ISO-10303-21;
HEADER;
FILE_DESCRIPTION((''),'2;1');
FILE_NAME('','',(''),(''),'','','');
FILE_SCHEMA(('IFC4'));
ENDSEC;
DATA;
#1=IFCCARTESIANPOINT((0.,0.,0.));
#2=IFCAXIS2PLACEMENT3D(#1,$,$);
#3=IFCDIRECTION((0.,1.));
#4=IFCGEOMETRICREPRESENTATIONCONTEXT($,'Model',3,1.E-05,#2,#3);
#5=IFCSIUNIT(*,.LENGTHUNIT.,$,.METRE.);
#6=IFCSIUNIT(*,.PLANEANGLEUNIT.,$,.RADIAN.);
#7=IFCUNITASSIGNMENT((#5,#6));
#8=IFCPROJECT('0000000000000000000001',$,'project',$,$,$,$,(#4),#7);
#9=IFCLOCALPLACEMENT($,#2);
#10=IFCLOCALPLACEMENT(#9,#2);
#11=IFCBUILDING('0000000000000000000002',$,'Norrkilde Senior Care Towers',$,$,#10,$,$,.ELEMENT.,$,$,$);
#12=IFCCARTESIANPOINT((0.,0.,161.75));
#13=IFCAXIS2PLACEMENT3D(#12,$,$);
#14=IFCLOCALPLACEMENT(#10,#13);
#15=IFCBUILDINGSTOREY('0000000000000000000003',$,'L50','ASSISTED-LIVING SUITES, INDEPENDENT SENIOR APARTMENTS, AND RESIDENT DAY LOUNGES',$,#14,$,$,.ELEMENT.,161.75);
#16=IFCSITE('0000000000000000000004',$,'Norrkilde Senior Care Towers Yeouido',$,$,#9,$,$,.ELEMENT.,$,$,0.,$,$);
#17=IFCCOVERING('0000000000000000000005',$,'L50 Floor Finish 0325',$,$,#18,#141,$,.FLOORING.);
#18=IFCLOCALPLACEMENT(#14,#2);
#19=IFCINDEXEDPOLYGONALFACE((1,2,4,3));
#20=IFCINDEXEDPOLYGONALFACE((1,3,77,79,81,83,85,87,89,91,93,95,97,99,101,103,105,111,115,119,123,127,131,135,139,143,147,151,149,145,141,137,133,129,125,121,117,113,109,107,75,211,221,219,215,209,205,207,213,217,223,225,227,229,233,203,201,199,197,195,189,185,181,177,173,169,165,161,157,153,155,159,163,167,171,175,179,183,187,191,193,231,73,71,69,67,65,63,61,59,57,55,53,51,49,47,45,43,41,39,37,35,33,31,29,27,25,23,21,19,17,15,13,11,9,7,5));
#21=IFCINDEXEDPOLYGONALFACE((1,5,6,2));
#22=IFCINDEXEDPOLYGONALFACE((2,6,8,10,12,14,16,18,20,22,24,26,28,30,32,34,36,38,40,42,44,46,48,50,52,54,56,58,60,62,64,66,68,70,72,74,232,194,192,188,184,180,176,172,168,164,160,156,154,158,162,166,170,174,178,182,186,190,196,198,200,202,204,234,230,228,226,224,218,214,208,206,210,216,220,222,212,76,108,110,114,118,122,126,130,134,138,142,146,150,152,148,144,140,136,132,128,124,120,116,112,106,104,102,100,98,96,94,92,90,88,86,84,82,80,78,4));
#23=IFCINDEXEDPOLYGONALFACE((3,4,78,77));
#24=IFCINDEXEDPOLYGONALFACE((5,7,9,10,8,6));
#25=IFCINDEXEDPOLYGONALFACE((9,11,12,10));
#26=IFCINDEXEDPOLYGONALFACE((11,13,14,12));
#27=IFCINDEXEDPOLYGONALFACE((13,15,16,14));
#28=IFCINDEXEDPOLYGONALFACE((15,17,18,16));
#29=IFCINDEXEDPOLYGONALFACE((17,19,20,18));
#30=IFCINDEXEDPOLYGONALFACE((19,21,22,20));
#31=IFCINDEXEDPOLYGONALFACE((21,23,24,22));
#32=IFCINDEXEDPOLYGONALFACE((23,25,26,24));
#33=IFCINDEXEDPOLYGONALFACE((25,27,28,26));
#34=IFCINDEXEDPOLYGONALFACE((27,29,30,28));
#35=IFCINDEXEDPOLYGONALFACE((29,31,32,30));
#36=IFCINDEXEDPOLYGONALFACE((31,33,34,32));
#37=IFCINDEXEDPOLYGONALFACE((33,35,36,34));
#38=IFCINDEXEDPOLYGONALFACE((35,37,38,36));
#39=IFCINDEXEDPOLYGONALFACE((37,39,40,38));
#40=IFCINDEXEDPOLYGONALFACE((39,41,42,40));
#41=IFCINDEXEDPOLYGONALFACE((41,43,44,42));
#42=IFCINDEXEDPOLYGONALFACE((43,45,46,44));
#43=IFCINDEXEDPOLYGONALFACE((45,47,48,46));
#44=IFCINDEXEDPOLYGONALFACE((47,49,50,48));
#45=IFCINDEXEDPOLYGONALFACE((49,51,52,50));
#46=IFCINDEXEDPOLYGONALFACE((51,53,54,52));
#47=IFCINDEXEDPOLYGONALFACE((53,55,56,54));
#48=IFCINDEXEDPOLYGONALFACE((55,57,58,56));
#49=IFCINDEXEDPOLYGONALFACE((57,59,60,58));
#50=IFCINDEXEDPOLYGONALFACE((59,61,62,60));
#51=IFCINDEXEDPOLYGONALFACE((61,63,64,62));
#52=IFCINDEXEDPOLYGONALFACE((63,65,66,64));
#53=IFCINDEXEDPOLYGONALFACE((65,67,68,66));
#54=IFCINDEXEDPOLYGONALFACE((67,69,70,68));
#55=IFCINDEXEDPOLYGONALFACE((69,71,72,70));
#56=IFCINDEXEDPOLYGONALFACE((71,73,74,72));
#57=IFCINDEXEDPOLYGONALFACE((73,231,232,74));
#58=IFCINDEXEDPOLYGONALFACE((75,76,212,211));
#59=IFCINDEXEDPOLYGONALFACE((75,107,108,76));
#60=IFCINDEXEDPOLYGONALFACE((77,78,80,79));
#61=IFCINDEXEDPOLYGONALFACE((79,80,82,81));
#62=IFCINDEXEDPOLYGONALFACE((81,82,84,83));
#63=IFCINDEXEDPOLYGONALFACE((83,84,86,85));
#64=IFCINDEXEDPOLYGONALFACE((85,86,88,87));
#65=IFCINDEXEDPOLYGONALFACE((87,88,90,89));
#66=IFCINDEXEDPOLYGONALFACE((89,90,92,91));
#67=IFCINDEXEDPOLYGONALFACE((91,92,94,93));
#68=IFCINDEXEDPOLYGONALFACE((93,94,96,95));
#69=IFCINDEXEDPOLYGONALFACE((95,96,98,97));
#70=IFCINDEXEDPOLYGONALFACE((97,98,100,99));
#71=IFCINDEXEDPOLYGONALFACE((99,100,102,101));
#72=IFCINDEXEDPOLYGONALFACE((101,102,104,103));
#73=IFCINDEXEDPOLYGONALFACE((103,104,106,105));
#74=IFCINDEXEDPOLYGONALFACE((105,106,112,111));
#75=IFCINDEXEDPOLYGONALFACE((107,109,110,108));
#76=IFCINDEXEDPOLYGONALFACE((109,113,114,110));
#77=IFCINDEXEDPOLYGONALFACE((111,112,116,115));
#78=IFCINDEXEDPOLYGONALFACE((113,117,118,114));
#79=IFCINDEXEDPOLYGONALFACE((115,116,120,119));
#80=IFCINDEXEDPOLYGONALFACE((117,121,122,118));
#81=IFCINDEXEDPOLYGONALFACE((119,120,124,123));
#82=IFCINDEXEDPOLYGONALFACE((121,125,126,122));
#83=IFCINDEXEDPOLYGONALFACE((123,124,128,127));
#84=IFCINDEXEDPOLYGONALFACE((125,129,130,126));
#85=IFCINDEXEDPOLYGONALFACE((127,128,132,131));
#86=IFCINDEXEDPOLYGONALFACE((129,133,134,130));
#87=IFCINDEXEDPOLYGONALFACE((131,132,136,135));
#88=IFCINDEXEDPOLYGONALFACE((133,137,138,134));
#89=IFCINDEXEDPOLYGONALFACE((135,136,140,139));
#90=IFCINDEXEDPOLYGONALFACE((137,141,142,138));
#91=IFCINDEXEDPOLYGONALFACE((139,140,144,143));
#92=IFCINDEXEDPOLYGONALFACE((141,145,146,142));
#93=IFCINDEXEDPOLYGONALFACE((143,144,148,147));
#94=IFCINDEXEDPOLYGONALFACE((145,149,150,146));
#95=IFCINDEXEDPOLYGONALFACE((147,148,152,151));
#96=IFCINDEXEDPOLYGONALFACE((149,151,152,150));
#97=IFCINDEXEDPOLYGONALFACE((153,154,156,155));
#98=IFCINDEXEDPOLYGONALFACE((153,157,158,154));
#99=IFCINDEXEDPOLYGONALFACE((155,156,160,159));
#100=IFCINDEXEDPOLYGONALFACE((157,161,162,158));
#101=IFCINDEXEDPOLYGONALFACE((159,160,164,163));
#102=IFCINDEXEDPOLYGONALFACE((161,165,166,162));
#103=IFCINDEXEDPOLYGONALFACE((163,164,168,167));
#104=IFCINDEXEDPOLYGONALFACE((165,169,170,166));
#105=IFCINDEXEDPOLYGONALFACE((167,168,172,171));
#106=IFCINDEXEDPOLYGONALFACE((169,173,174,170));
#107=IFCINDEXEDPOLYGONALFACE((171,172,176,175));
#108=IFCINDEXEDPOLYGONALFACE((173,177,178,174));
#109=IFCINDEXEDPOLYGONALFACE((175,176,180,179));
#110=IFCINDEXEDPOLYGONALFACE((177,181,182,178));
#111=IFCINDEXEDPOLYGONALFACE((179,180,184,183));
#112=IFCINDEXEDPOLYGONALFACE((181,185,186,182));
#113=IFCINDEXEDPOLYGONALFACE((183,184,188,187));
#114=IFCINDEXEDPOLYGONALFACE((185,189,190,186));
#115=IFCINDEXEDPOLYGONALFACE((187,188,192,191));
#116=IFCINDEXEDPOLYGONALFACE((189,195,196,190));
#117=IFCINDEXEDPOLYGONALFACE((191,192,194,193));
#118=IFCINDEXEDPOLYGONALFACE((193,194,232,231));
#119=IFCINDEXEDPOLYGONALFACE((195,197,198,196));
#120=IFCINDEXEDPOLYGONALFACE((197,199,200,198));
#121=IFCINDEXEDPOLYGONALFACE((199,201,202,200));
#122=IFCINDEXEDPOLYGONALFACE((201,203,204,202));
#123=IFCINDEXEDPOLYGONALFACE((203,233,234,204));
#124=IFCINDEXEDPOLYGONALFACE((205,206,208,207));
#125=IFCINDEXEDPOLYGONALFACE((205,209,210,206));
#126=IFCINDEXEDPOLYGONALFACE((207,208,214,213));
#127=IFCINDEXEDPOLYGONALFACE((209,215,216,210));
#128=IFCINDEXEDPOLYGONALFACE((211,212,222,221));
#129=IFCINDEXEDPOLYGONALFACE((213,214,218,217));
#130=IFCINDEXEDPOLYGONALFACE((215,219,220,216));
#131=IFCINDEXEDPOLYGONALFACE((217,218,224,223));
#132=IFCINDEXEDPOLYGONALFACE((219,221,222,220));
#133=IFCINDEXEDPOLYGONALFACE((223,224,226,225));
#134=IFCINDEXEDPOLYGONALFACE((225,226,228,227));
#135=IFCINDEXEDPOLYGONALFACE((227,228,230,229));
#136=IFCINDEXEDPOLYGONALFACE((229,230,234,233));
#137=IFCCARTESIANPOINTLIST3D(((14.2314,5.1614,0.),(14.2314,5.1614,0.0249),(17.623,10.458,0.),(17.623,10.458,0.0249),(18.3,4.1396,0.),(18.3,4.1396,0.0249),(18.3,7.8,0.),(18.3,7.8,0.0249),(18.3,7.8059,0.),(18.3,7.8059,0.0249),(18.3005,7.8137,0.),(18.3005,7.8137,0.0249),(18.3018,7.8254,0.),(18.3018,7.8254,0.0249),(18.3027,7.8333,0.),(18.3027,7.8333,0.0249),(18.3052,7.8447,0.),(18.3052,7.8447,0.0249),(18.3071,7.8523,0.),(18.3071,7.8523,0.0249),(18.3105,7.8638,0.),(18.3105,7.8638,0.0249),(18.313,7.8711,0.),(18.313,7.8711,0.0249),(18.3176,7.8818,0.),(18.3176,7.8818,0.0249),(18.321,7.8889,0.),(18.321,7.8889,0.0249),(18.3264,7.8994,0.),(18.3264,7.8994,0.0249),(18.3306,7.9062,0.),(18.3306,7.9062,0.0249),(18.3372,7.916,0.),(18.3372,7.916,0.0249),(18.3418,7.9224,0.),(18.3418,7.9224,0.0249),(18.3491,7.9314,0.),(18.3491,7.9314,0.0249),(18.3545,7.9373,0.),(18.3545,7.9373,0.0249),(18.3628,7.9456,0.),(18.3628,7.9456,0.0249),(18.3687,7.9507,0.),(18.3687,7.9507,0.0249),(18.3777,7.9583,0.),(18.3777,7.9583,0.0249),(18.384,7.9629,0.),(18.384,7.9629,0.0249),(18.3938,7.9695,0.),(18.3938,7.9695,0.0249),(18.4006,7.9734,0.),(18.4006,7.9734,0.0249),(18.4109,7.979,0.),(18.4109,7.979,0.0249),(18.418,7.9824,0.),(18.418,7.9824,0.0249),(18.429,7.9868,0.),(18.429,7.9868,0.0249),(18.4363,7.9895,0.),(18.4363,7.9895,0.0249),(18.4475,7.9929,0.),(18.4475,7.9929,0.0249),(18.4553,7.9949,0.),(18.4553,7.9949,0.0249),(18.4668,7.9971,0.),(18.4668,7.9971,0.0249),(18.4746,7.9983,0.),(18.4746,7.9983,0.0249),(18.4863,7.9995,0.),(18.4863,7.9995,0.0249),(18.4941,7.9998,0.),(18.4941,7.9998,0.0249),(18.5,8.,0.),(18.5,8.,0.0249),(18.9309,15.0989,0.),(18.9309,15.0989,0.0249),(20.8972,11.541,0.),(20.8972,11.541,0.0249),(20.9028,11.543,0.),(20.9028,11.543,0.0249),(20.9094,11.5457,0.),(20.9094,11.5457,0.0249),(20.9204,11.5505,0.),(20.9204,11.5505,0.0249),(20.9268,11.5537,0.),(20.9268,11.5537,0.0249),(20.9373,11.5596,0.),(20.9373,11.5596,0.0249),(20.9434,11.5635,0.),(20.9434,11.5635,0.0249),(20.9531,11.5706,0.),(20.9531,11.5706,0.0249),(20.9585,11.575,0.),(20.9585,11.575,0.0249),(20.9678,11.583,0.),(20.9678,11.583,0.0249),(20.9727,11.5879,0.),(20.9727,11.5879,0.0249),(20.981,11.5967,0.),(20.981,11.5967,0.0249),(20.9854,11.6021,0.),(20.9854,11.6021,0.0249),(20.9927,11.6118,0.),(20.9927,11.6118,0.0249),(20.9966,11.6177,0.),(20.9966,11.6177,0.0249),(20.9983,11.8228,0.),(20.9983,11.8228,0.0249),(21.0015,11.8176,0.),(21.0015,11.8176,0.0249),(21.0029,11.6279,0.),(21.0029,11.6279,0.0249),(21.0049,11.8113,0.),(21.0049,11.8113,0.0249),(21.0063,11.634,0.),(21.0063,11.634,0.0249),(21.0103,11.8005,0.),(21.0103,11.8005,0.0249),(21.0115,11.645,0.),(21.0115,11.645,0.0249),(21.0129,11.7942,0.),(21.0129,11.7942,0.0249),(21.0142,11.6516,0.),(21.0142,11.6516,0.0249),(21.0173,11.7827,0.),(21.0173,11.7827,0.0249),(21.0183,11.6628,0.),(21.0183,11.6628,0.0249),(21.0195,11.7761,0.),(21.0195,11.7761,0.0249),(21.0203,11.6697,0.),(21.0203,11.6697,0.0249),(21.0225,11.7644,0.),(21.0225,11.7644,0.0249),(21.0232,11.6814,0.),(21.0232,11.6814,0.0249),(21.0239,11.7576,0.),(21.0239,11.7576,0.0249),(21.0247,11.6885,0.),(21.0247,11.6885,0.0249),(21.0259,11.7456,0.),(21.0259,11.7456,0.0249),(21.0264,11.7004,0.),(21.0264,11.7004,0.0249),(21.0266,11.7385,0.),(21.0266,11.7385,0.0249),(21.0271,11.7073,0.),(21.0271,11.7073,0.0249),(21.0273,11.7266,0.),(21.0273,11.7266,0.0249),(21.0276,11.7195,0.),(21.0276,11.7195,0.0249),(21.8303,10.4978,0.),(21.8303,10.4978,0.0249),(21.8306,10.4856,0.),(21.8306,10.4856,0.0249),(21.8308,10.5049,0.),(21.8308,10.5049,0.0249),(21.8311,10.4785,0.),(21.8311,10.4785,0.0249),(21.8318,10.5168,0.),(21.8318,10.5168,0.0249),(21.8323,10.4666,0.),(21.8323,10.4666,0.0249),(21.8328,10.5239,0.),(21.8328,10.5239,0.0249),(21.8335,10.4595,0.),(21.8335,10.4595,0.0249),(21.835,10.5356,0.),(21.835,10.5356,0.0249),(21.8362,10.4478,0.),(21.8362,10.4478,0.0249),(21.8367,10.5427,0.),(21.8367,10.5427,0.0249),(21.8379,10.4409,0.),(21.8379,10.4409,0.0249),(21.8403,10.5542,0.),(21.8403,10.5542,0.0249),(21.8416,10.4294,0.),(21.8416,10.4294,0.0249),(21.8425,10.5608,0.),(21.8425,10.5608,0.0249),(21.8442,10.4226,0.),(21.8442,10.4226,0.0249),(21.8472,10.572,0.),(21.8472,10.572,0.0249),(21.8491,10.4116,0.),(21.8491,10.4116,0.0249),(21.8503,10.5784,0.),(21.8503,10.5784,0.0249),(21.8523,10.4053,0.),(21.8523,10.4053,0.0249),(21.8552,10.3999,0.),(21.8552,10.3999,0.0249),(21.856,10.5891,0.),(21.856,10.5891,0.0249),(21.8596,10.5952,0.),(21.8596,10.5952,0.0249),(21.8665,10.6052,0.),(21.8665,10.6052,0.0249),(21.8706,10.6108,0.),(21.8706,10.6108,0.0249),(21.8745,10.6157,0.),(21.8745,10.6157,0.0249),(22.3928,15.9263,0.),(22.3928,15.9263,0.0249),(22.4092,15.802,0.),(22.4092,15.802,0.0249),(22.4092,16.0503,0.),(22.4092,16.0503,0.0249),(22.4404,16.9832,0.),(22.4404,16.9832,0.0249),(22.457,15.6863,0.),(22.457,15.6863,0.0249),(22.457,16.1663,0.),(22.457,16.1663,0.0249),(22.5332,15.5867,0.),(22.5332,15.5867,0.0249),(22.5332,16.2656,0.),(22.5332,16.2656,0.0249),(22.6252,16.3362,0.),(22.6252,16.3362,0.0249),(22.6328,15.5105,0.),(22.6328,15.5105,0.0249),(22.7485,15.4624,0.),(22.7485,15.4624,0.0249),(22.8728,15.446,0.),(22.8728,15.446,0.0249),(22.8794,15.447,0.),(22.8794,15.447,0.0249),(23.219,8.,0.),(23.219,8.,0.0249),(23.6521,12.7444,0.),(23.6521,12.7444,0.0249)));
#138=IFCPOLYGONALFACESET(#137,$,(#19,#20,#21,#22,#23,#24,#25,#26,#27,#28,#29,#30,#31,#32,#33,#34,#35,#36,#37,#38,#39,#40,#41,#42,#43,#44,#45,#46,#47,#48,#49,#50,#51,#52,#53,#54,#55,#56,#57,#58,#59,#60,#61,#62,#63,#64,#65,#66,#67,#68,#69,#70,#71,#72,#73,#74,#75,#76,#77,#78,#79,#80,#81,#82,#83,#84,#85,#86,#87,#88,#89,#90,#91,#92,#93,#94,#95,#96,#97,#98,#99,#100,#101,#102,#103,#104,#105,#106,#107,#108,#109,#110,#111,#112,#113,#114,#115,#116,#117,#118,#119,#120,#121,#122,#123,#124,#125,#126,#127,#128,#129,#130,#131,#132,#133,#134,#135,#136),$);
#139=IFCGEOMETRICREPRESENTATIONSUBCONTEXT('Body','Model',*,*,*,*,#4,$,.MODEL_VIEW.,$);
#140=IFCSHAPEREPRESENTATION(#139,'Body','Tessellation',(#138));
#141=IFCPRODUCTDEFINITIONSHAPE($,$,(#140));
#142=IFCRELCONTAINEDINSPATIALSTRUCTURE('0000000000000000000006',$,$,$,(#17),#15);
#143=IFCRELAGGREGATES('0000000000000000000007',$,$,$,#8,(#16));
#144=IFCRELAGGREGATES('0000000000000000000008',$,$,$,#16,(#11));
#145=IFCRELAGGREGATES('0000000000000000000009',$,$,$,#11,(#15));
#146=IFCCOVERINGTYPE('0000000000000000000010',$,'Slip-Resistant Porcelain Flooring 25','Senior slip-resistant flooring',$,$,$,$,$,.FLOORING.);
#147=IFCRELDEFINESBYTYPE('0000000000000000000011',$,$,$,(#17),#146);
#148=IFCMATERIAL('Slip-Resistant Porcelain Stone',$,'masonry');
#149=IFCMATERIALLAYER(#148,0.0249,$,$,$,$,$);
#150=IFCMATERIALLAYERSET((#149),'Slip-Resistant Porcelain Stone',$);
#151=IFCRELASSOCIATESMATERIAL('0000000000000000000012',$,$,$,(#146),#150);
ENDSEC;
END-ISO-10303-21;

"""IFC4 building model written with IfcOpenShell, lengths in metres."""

from ifc_helpers import new_model, si_unit, direction, frame, origin, place, context, subcontext, project, spatial, polyline, outline, extrude, material, layer, layer_set, type_object, element, save


model = new_model("IFC4")

# Units and contexts
model_context = context("Model", 3, precision=1e-05, world=origin(), true_north=direction((0.0, 1.0)))
body_context = subcontext(model_context, "Body", "Model", "MODEL_VIEW")
ifc_project = project(units=[si_unit("LENGTHUNIT", "METRE"), si_unit("PLANEANGLEUNIT", "RADIAN")], contexts=[model_context])

# Site, building, storey
site_placement = place(None, origin())
site = spatial("IfcSite", under=ifc_project, at=site_placement, Name="Norrkilde Senior Care Towers Yeouido", CompositionType="ELEMENT", RefElevation=0.0)
building_placement = place(site_placement, origin())
building = spatial("IfcBuilding", under=site, at=building_placement, Name="Norrkilde Senior Care Towers", CompositionType="ELEMENT")
storey_placement = place(building_placement, frame((0.0, 0.0, 161.75)))
storey = spatial("IfcBuildingStorey", under=building, at=storey_placement, Name="L50", Description="ASSISTED-LIVING SUITES, INDEPENDENT SENIOR APARTMENTS, AND RESIDENT DAY LOUNGES", CompositionType="ELEMENT", Elevation=161.75)

# Covering
ifc_material_1 = material(Name="Slip-Resistant Porcelain Stone", Category="masonry")
ifc_layer_1 = layer(ifc_material_1, 0.0249)
ifc_layer_set_1 = layer_set([ifc_layer_1], Name="Slip-Resistant Porcelain Stone")
covering_type_1 = type_object("IfcCoveringType", Name="Slip-Resistant Porcelain Flooring 25", Description="Senior slip-resistant flooring", PredefinedType="FLOORING", material=ifc_layer_set_1)
covering_1_placement = place(storey_placement, origin())
element("IfcCovering", 1, at=covering_1_placement, inside=storey, type_object=covering_type_1, Name="L50 Floor Finish 0325", PredefinedType="FLOORING", context=body_context, shape_type="SweptSolid", body=[
    extrude(outline(polyline([(20.9373, 11.5596), (20.9434, 11.5635), (20.9531, 11.5706), (20.9585, 11.575), (20.9678, 11.583), (20.9727, 11.5879), (20.981, 11.5967), (20.9854, 11.6021), (20.9927, 11.6118), (20.9966, 11.6177), (21.0029, 11.6279), (21.0063, 11.634), (21.0115, 11.645), (21.0142, 11.6516), (21.0183, 11.6628), (21.0203, 11.6697), (21.0232, 11.6814), (21.0247, 11.6885), (21.0264, 11.7004), (21.0271, 11.7073), (21.0276, 11.7195), (21.0273, 11.7266), (21.0266, 11.7385), (21.0259, 11.7456), (21.0239, 11.7576), (21.0225, 11.7644), (21.0195, 11.7761), (21.0173, 11.7827), (21.0129, 11.7942), (21.0103, 11.8005), (21.0049, 11.8113), (21.0015, 11.8176), (20.9983, 11.8228), (18.9309, 15.0989), (22.4404, 16.9832), (22.6252, 16.3362), (22.5332, 16.2656), (22.457, 16.1663), (22.4092, 16.0503), (22.3928, 15.9263), (22.4092, 15.802), (22.457, 15.6863), (22.5332, 15.5867), (22.6328, 15.5105), (22.7485, 15.4624), (22.8728, 15.446), (22.8794, 15.447), (23.6521, 12.7444), (21.8745, 10.6157), (21.8706, 10.6108), (21.8665, 10.6052), (21.8596, 10.5952), (21.856, 10.5891), (21.8503, 10.5784), (21.8472, 10.572), (21.8425, 10.5608), (21.8403, 10.5542), (21.8367, 10.5427), (21.835, 10.5356), (21.8328, 10.5239), (21.8318, 10.5168), (21.8308, 10.5049), (21.8303, 10.4978), (21.8306, 10.4856), (21.8311, 10.4785), (21.8323, 10.4666), (21.8335, 10.4595), (21.8362, 10.4478), (21.8379, 10.4409), (21.8416, 10.4294), (21.8442, 10.4226), (21.8491, 10.4116), (21.8523, 10.4053), (21.8552, 10.3999), (23.219, 8.0), (18.5, 8.0), (18.4941, 7.9998), (18.4863, 7.9995), (18.4746, 7.9983), (18.4668, 7.9971), (18.4553, 7.9949), (18.4475, 7.9929), (18.4363, 7.9895), (18.429, 7.9868), (18.418, 7.9824), (18.4109, 7.979), (18.4006, 7.9734), (18.3938, 7.9695), (18.384, 7.9629), (18.3777, 7.9583), (18.3687, 7.9507), (18.3628, 7.9456), (18.3545, 7.9373), (18.3491, 7.9314), (18.3418, 7.9224), (18.3372, 7.916), (18.3306, 7.9062), (18.3264, 7.8994), (18.321, 7.8889), (18.3176, 7.8818), (18.313, 7.8711), (18.3105, 7.8638), (18.3071, 7.8523), (18.3052, 7.8447), (18.3027, 7.8333), (18.3018, 7.8254), (18.3005, 7.8137), (18.3, 7.8059), (18.3, 7.8), (18.3, 4.1396), (14.2314, 5.1614), (17.623, 10.458), (20.8972, 11.541), (20.9028, 11.543), (20.9094, 11.5457), (20.9204, 11.5505), (20.9268, 11.5537), (20.9373, 11.5596)])), origin(), (0.0, 0.0, 1.0), 0.0249),
])

save(model, "model.ifc")
